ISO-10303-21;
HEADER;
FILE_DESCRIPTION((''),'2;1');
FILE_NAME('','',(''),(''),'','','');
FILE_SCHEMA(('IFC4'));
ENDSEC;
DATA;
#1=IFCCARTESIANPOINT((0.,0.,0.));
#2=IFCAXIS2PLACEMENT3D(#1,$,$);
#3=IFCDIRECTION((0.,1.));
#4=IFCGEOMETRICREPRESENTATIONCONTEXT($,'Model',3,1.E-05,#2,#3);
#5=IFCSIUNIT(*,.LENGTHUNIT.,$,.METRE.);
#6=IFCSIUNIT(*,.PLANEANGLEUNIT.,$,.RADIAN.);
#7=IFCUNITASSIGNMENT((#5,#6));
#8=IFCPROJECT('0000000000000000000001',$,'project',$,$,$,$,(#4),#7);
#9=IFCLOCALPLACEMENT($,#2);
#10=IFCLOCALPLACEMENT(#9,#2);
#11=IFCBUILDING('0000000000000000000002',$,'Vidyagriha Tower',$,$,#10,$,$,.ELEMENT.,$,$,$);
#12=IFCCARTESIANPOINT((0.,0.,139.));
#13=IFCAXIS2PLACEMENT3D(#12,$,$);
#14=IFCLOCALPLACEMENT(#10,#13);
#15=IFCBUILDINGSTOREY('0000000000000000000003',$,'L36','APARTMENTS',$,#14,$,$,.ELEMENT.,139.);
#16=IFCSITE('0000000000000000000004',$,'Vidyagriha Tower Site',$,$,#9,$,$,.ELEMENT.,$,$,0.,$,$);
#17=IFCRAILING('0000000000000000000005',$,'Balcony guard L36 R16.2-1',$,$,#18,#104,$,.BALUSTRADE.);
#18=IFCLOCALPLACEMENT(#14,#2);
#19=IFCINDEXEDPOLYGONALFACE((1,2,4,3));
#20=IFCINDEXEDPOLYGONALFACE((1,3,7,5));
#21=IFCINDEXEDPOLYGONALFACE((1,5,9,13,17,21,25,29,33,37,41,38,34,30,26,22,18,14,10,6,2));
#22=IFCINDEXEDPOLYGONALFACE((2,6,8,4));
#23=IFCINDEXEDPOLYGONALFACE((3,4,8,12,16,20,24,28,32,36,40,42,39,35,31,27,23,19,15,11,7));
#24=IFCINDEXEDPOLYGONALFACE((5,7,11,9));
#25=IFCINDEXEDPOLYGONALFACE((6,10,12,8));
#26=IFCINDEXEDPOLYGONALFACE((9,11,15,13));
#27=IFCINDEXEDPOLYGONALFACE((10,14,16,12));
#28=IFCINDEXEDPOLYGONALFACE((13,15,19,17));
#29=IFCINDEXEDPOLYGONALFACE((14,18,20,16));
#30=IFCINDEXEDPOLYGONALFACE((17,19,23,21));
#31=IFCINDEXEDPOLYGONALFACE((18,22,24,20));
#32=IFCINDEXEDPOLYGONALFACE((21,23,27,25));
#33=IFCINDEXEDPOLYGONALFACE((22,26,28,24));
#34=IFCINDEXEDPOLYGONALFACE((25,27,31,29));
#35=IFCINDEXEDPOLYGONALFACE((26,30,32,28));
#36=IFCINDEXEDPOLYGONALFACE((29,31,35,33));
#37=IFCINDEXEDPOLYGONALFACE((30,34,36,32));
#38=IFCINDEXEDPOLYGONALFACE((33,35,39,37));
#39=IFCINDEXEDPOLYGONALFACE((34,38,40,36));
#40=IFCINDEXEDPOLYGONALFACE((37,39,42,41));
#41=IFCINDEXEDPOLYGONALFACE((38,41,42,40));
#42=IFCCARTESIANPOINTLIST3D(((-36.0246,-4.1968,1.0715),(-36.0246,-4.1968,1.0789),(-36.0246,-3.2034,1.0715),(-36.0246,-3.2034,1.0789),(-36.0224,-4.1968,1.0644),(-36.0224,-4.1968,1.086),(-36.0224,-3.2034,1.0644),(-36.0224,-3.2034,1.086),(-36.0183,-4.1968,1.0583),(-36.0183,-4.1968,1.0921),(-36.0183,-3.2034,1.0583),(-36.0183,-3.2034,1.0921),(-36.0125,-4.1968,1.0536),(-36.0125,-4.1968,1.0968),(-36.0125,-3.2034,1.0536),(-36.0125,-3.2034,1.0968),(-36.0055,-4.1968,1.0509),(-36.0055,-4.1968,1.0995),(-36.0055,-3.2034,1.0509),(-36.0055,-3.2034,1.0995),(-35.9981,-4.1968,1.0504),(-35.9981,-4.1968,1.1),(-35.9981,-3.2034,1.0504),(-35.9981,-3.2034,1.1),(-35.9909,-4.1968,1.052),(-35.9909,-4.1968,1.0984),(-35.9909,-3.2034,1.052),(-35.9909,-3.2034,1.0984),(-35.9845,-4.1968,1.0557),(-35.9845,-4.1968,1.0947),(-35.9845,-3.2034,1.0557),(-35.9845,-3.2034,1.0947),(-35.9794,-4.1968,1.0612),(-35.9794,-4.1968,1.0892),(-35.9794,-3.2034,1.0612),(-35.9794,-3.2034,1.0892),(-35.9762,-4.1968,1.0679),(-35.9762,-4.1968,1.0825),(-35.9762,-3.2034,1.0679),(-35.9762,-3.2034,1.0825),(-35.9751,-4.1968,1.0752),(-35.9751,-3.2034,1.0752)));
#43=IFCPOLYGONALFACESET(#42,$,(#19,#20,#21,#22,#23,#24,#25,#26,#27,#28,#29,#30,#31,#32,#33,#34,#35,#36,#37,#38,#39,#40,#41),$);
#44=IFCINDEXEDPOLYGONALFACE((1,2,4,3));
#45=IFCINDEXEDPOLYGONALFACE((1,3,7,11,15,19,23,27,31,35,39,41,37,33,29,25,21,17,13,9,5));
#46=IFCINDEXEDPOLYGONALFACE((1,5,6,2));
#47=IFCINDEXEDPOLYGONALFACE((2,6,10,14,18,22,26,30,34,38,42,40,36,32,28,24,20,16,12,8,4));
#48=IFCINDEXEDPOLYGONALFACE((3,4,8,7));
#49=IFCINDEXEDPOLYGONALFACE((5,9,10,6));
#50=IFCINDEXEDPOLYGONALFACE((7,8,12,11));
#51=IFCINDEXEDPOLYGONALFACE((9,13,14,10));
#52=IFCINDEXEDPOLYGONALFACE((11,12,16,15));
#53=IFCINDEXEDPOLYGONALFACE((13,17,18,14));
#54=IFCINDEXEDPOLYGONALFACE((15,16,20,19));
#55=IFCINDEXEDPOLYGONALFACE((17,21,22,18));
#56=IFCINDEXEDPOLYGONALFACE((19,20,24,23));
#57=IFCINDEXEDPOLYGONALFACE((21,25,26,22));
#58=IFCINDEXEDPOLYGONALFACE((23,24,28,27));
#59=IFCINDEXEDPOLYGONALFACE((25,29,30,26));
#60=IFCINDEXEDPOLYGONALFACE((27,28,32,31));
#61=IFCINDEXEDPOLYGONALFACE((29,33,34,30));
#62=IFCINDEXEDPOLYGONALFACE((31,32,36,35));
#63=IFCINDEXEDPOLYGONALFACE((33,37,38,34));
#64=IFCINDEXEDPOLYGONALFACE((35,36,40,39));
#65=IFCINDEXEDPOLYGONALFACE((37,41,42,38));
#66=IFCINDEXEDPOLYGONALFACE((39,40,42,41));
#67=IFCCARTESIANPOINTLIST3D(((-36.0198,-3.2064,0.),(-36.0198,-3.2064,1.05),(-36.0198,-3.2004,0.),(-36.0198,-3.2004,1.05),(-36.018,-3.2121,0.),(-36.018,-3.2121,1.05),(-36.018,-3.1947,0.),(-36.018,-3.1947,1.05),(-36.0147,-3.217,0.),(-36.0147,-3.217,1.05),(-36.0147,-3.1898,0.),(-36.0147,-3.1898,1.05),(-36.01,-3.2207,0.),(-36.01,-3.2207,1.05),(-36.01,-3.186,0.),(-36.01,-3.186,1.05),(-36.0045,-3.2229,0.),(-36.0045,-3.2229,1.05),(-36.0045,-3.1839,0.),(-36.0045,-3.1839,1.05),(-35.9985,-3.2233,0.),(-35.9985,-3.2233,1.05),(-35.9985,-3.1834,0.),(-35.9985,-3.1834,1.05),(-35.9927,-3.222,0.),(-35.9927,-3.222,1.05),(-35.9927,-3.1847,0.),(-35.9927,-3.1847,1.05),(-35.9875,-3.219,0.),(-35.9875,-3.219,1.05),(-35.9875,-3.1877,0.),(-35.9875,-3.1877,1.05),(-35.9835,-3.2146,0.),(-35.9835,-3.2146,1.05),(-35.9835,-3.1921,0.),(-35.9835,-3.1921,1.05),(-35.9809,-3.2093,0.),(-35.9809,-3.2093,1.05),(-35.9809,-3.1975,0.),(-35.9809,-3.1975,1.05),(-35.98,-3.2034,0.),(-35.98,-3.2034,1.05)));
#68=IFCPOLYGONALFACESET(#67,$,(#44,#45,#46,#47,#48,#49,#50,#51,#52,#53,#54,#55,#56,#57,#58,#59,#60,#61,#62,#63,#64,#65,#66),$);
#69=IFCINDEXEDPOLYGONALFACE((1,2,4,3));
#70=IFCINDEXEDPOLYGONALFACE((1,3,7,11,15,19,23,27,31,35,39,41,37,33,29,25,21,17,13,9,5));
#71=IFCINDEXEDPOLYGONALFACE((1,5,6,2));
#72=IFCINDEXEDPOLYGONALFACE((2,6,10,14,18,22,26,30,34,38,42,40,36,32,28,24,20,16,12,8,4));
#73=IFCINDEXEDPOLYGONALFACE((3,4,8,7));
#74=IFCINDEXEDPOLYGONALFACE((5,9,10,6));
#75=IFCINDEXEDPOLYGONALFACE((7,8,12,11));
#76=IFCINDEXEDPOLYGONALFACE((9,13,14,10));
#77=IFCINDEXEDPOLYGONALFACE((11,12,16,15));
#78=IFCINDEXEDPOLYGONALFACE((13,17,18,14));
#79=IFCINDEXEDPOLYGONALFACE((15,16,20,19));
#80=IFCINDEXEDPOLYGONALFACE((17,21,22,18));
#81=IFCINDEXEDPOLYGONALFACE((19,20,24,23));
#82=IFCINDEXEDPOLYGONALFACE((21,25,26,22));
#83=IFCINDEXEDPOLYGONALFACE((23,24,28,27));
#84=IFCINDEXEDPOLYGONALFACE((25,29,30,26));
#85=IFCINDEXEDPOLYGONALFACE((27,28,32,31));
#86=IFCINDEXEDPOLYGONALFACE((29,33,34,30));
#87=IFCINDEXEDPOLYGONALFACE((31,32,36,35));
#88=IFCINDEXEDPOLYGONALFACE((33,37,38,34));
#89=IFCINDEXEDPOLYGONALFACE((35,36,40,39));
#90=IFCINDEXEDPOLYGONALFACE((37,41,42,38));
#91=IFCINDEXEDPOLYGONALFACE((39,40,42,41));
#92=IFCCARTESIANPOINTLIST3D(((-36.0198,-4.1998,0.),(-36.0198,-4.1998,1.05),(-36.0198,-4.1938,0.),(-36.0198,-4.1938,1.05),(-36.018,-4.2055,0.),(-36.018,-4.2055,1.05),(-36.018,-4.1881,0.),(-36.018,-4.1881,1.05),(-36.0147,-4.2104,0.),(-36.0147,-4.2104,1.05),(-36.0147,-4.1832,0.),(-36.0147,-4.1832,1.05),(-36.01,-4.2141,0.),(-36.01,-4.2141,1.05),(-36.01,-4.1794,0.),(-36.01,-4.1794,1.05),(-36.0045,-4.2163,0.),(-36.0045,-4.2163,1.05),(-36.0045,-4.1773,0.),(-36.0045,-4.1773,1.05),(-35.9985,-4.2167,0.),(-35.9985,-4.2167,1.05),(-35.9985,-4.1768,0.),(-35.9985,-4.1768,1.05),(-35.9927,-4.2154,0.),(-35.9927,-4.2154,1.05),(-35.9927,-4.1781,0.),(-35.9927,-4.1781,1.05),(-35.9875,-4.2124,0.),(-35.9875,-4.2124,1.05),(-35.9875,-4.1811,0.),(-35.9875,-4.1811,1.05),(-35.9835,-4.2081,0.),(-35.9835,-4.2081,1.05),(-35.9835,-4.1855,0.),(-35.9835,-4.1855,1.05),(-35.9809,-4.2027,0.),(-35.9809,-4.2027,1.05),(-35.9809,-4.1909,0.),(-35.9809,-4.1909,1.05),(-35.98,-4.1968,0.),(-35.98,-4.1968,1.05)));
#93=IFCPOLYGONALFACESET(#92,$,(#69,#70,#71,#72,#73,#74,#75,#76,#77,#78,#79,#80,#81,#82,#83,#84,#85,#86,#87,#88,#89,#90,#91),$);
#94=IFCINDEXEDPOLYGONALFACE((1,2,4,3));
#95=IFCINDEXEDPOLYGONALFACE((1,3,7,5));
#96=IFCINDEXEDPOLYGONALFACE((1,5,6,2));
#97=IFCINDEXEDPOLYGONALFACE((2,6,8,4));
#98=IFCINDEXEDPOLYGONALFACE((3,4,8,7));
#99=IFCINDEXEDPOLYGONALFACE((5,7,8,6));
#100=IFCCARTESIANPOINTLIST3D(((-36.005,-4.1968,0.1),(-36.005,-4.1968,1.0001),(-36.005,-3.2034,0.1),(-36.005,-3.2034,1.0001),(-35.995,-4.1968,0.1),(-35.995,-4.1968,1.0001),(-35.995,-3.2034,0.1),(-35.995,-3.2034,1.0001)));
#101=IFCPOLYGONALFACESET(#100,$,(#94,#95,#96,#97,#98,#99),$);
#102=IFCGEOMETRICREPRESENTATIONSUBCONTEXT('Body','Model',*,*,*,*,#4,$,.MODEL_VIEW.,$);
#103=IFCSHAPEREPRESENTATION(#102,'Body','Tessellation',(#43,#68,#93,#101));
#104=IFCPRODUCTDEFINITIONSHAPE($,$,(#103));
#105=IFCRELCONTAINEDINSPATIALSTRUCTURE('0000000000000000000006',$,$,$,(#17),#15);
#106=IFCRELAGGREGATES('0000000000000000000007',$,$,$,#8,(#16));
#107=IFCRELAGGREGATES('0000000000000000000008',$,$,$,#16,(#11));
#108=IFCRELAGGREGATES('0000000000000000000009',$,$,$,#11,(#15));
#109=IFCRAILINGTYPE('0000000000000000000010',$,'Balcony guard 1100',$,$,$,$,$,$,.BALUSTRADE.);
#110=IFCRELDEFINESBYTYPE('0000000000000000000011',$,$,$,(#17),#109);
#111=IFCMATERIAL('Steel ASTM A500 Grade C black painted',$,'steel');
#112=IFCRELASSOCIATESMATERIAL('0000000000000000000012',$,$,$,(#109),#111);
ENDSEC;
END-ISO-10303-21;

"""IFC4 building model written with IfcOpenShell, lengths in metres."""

from ifc_helpers import new_model, si_unit, direction, frame, origin, origin_2d, place, context, subcontext, project, spatial, rectangle, circle, extrude, material, type_object, element, save


model = new_model("IFC4")

# Units and contexts
model_context = context("Model", 3, precision=1e-05, world=origin(), true_north=direction((0.0, 1.0)))
body_context = subcontext(model_context, "Body", "Model", "MODEL_VIEW")
ifc_project = project(units=[si_unit("LENGTHUNIT", "METRE"), si_unit("PLANEANGLEUNIT", "RADIAN")], contexts=[model_context])

# Site, building, storey
site_placement = place(None, origin())
site = spatial("IfcSite", under=ifc_project, at=site_placement, Name="Vidyagriha Tower Site", CompositionType="ELEMENT", RefElevation=0.0)
building_placement = place(site_placement, origin())
building = spatial("IfcBuilding", under=site, at=building_placement, Name="Vidyagriha Tower", CompositionType="ELEMENT")
storey_placement = place(building_placement, frame((0.0, 0.0, 139.0)))
storey = spatial("IfcBuildingStorey", under=building, at=storey_placement, Name="L36", Description="APARTMENTS", CompositionType="ELEMENT", Elevation=139.0)

# Railing
ifc_material_1 = material(Name="Steel ASTM A500 Grade C black painted", Category="steel")
railing_type_1 = type_object("IfcRailingType", Name="Balcony guard 1100", PredefinedType="BALUSTRADE", material=ifc_material_1)
railing_1_placement = place(storey_placement, frame((-36.0, -3.2034, 0.0)))
element("IfcRailing", 1, at=railing_1_placement, inside=storey, type_object=railing_type_1, Name="Balcony guard L36 R16.2-1", PredefinedType="BALUSTRADE", context=body_context, shape_type="SweptSolid", body=[
    extrude(circle(Radius=0.0249, at=origin_2d()), frame((0.0, 0.0, 1.0752), z_axis=(0.0, -1.0, 0.0), x_axis=(1.0, 0.0, 0.0)), (0.0, 0.0, 1.0), 0.9934),
    extrude(circle(Radius=0.02, at=origin_2d()), origin(), (0.0, 0.0, 1.0), 1.05),
    extrude(circle(Radius=0.02, at=origin_2d()), frame((0.0, -0.9934, 0.0)), (0.0, 0.0, 1.0), 1.05),
    extrude(rectangle(XDim=0.01, YDim=0.9001, at=origin_2d()), frame((0.0, 0.0, 0.55), z_axis=(0.0, -1.0, 0.0), x_axis=(1.0, 0.0, 0.0)), (0.0, 0.0, 1.0), 0.9934),
])

save(model, "model.ifc")
